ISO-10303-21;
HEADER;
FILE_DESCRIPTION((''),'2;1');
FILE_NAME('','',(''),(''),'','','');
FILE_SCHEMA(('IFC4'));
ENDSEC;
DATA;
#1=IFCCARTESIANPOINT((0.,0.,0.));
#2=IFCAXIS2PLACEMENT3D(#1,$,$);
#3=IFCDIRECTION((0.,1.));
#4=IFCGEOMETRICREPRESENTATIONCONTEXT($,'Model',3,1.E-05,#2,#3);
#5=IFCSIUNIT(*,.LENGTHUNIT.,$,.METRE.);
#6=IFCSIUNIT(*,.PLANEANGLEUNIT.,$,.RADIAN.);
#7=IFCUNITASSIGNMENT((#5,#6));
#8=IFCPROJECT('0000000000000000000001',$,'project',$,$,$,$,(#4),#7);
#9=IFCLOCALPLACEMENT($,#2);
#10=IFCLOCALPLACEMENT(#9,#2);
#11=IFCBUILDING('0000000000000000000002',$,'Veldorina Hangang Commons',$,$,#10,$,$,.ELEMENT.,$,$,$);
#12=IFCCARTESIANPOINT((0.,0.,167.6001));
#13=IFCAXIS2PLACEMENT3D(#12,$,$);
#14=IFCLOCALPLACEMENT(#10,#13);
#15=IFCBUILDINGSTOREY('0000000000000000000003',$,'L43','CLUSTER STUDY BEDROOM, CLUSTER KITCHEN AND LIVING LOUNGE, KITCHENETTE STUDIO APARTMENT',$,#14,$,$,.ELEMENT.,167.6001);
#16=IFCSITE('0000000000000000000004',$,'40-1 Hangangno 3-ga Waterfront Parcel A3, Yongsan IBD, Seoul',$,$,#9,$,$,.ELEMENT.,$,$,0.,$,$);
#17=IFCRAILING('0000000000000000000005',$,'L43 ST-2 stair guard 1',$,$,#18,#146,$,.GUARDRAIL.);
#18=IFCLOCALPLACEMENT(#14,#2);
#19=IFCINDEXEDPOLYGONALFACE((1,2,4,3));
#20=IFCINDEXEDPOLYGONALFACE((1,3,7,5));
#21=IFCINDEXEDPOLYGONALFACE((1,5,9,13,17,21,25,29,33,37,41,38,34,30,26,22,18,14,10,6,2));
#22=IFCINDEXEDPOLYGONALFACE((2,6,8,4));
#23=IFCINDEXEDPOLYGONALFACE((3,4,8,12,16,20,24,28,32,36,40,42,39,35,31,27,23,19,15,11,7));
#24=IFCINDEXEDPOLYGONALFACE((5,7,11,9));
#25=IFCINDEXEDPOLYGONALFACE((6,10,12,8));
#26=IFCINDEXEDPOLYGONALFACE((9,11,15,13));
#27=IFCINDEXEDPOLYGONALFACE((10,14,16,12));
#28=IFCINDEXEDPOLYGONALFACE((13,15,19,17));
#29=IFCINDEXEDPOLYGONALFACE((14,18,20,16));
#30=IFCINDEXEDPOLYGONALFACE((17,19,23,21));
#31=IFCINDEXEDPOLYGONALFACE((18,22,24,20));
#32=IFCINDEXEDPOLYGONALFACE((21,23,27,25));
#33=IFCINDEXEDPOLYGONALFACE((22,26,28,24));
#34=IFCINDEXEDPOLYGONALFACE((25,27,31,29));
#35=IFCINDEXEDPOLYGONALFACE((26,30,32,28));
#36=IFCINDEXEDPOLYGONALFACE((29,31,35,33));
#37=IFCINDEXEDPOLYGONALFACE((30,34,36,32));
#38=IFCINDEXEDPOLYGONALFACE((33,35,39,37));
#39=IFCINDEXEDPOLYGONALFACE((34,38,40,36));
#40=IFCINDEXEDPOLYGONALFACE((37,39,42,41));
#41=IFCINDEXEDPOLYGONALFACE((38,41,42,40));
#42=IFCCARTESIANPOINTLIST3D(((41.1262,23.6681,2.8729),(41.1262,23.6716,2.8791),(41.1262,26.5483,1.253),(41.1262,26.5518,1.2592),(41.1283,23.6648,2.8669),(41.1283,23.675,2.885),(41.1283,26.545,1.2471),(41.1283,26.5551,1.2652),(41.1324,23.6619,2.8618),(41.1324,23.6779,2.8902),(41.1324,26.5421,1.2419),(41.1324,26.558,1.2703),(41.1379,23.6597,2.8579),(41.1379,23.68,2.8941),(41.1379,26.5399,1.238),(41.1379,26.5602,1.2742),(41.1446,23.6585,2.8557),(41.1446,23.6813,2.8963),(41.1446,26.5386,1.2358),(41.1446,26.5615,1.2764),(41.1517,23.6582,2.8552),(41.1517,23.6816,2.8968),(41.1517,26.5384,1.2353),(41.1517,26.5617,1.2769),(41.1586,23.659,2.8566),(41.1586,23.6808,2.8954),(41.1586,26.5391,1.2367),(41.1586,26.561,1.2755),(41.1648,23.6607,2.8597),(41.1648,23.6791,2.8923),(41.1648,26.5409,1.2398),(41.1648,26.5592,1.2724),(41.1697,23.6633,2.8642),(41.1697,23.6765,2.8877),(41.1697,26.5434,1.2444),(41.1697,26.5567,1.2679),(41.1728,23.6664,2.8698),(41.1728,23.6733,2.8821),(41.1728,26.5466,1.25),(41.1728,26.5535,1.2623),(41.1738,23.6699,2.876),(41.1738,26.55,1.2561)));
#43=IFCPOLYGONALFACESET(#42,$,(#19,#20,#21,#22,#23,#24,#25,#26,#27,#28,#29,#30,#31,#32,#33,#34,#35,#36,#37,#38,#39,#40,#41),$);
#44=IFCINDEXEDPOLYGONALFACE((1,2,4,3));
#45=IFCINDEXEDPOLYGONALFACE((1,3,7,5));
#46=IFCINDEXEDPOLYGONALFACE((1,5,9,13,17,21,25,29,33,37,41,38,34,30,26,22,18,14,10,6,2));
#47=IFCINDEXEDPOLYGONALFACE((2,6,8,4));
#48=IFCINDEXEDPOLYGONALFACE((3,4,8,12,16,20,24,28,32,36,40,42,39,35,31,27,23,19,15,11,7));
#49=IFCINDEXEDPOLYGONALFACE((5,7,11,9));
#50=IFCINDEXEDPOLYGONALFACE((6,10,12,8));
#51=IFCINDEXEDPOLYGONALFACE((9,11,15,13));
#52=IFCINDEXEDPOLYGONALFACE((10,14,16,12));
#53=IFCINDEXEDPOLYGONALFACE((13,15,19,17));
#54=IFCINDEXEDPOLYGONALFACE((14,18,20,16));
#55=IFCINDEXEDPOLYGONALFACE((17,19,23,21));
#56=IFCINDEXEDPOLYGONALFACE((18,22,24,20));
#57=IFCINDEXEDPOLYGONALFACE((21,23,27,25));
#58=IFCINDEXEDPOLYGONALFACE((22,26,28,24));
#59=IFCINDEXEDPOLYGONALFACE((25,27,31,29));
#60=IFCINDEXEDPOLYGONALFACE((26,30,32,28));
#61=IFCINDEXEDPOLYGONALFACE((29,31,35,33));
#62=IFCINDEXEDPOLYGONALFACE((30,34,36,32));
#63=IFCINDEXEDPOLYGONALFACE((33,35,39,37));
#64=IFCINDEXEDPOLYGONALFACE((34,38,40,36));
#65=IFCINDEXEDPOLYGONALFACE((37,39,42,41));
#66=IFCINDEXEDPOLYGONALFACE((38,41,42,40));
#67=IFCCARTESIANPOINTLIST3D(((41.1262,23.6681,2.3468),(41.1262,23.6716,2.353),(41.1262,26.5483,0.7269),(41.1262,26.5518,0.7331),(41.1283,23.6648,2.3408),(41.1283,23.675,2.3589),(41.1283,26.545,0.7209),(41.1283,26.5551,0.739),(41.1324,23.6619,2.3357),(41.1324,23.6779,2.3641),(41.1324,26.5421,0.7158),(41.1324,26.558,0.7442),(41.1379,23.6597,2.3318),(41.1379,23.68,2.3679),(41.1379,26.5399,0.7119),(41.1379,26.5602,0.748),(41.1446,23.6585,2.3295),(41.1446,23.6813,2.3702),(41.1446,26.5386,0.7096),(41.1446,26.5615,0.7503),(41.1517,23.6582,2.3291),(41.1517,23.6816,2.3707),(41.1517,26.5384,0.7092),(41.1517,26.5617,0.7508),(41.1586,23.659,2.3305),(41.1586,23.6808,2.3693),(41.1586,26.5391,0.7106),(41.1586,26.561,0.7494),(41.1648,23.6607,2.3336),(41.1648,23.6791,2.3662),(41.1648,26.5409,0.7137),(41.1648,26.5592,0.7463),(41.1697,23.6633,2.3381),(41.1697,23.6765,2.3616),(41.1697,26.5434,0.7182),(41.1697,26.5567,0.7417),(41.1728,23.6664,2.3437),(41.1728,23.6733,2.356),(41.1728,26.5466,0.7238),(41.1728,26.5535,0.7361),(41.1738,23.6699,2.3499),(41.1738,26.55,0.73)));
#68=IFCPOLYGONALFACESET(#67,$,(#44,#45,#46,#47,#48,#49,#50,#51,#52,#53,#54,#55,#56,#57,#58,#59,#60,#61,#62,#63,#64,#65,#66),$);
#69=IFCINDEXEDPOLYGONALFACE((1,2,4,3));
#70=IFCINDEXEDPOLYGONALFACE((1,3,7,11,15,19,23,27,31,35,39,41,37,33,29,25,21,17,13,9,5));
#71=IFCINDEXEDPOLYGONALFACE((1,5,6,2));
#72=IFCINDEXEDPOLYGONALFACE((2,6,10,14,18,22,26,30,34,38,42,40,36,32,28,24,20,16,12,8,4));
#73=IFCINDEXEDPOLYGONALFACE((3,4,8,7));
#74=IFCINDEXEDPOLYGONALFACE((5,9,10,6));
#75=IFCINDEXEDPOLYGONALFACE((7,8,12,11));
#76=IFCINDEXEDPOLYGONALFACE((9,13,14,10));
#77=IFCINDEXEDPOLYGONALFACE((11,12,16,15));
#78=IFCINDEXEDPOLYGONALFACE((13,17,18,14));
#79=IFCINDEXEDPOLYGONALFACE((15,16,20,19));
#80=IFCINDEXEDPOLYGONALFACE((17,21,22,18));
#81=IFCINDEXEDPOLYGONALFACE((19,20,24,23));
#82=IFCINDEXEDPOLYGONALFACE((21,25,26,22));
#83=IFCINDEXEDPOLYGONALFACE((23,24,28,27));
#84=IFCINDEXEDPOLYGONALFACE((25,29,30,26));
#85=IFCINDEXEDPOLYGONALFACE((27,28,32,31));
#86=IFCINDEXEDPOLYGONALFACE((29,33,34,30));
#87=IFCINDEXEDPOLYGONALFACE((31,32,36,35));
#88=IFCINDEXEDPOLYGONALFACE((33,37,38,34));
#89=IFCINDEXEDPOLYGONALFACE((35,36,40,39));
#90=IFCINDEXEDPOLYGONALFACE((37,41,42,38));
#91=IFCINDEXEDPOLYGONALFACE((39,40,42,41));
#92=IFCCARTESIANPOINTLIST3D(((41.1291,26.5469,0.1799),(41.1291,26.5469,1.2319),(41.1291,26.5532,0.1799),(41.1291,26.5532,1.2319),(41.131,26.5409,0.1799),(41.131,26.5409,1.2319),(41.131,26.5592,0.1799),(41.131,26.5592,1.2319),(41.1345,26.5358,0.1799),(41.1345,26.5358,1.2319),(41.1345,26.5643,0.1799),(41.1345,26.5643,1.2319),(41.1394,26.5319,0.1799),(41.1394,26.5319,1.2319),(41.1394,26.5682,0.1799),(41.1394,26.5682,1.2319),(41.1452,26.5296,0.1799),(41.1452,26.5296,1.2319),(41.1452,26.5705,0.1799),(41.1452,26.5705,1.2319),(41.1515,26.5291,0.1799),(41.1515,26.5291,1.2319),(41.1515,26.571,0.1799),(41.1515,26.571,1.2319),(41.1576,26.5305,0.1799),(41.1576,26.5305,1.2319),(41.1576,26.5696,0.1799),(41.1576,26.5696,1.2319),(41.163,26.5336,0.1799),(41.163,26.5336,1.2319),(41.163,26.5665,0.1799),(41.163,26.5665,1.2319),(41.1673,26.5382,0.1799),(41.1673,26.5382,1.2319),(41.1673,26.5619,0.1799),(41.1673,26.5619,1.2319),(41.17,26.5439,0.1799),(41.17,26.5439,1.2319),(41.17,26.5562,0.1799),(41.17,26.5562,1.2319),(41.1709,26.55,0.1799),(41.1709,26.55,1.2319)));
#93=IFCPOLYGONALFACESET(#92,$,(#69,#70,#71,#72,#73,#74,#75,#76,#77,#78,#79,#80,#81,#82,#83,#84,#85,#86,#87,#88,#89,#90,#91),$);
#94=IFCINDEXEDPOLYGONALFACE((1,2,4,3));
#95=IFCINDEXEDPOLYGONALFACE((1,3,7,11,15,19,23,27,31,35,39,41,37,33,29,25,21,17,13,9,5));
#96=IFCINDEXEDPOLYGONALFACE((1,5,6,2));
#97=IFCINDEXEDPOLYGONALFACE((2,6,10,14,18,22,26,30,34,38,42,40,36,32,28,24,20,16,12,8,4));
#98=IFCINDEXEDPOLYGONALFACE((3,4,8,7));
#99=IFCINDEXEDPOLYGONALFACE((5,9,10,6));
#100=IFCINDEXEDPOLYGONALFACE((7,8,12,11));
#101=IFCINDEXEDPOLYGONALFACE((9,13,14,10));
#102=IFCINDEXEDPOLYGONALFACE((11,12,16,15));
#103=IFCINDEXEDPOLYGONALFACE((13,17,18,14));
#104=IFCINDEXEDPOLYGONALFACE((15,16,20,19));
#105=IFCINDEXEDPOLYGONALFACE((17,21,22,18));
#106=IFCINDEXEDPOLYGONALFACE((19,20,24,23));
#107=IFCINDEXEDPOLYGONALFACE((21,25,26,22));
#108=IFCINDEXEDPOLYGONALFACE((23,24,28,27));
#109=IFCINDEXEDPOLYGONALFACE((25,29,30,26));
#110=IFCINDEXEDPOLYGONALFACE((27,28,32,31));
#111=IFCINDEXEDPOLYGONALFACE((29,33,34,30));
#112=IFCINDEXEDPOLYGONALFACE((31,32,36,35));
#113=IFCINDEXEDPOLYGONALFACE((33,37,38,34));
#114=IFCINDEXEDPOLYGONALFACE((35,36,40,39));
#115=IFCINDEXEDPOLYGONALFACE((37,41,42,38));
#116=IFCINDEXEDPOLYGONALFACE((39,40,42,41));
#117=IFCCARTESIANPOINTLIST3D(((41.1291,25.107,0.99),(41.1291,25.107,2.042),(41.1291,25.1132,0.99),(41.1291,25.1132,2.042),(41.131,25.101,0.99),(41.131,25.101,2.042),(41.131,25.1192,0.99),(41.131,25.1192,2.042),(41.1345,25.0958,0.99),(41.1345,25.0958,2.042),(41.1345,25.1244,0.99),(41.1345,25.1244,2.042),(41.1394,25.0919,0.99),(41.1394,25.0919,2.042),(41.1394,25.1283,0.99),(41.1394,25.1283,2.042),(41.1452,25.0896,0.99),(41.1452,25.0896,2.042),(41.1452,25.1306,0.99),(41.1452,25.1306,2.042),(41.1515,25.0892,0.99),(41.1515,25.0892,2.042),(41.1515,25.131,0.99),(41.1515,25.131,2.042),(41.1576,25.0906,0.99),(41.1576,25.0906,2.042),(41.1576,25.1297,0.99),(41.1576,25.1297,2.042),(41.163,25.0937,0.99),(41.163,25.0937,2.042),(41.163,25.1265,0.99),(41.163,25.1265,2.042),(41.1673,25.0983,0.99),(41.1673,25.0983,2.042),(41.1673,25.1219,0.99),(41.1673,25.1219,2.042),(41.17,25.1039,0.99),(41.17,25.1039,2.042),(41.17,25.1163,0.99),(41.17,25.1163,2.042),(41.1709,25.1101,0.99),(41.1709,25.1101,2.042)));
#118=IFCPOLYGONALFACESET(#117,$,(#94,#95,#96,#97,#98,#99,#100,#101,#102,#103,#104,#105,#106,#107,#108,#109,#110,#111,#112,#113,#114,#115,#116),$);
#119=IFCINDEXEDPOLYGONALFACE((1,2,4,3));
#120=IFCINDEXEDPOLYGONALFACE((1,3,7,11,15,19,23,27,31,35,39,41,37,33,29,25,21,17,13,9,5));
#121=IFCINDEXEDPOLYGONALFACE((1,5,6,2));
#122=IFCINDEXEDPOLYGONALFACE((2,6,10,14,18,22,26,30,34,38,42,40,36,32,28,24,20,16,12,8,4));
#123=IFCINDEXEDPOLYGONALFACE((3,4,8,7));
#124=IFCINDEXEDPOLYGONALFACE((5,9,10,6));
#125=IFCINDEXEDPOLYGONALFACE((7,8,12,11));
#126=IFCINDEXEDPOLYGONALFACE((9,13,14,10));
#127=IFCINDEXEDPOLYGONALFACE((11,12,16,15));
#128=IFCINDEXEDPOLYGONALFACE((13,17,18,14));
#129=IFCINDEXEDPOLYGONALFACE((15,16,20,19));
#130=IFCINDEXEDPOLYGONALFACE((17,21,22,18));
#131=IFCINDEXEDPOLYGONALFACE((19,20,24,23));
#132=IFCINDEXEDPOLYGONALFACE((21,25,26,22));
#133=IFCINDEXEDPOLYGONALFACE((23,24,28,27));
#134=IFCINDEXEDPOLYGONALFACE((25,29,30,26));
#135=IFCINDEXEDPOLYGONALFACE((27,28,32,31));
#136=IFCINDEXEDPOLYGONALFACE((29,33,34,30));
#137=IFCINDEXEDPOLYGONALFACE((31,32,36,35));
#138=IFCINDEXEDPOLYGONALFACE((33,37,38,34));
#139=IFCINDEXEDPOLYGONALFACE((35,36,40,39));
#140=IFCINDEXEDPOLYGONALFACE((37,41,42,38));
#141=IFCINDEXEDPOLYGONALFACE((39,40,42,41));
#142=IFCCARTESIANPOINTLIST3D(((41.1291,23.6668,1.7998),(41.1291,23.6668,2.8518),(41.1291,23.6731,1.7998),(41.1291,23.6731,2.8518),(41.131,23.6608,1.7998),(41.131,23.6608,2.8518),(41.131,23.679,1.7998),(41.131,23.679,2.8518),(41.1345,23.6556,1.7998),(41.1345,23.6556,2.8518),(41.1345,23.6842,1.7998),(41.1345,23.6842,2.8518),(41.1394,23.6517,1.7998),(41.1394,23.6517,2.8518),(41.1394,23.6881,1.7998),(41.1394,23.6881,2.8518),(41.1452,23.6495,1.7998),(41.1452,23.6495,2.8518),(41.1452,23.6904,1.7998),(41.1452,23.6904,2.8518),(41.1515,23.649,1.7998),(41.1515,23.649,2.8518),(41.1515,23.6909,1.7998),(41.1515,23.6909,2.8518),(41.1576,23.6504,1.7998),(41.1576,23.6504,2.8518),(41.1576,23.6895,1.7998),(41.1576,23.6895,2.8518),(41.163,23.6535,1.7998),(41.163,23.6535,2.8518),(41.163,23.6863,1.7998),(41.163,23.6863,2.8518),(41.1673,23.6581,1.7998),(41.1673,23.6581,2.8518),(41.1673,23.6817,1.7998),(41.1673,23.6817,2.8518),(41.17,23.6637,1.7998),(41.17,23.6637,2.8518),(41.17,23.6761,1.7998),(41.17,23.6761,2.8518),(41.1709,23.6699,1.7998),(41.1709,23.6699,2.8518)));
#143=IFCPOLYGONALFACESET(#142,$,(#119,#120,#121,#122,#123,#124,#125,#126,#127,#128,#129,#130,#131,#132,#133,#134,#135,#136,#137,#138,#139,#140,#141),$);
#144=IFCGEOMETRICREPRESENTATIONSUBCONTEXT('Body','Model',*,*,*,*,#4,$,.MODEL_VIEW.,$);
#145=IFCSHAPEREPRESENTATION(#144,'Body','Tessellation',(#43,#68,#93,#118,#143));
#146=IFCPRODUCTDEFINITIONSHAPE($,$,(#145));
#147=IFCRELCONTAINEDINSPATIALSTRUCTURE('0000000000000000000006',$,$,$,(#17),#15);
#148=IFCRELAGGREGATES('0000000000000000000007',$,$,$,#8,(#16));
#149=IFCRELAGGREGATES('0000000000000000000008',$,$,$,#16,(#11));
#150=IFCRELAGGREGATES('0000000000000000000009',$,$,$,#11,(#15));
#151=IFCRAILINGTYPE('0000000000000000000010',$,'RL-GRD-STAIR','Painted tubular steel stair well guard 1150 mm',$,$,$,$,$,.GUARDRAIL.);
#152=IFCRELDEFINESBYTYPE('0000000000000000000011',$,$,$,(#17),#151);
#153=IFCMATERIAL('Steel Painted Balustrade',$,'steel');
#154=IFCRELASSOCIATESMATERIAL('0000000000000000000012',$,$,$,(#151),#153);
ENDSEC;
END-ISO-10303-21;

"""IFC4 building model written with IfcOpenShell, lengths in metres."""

from ifc_helpers import new_model, si_unit, direction, frame, origin, origin_2d, place, context, subcontext, project, spatial, circle, extrude, material, type_object, element, save


model = new_model("IFC4")

# Units and contexts
model_context = context("Model", 3, precision=1e-05, world=origin(), true_north=direction((0.0, 1.0)))
body_context = subcontext(model_context, "Body", "Model", "MODEL_VIEW")
ifc_project = project(units=[si_unit("LENGTHUNIT", "METRE"), si_unit("PLANEANGLEUNIT", "RADIAN")], contexts=[model_context])

# Site, building, storey
site_placement = place(None, origin())
site = spatial("IfcSite", under=ifc_project, at=site_placement, Name="40-1 Hangangno 3-ga Waterfront Parcel A3, Yongsan IBD, Seoul", CompositionType="ELEMENT", RefElevation=0.0)
building_placement = place(site_placement, origin())
building = spatial("IfcBuilding", under=site, at=building_placement, Name="Veldorina Hangang Commons", CompositionType="ELEMENT")
storey_placement = place(building_placement, frame((0.0, 0.0, 167.6001)))
storey = spatial("IfcBuildingStorey", under=building, at=storey_placement, Name="L43", Description="CLUSTER STUDY BEDROOM, CLUSTER KITCHEN AND LIVING LOUNGE, KITCHENETTE STUDIO APARTMENT", CompositionType="ELEMENT", Elevation=167.6001)

# Railing
ifc_material_1 = material(Name="Steel Painted Balustrade", Category="steel")
railing_type_1 = type_object("IfcRailingType", Name="RL-GRD-STAIR", Description="Painted tubular steel stair well guard 1150 mm", PredefinedType="GUARDRAIL", material=ifc_material_1)
railing_1_placement = place(storey_placement, frame((41.1499, 26.55, 0.1799)))
element("IfcRailing", 1, at=railing_1_placement, inside=storey, type_object=railing_type_1, Name="L43 ST-2 stair guard 1", PredefinedType="GUARDRAIL", context=body_context, shape_type="SweptSolid", body=[
    extrude(circle(Radius=0.0239, at=origin_2d()), frame((0.0, 0.0, 1.0762), z_axis=(0.0, -0.871601, 0.490216), x_axis=(1.0, 0.0, 0.0)), (0.0, 0.0, 1.0), 3.3044),
    extrude(circle(Radius=0.0239, at=origin_2d()), frame((0.0, 0.0, 0.55), z_axis=(0.0, -0.871601, 0.490216), x_axis=(1.0, 0.0, 0.0)), (0.0, 0.0, 1.0), 3.3044),
    extrude(circle(Radius=0.021, at=origin_2d()), origin(), (0.0, 0.0, 1.0), 1.052),
    extrude(circle(Radius=0.021, at=origin_2d()), frame((0.0, -1.4399, 0.8101)), (0.0, 0.0, 1.0), 1.052),
    extrude(circle(Radius=0.021, at=origin_2d()), frame((0.0, -2.8801, 1.6199)), (0.0, 0.0, 1.0), 1.052),
])

save(model, "model.ifc")
